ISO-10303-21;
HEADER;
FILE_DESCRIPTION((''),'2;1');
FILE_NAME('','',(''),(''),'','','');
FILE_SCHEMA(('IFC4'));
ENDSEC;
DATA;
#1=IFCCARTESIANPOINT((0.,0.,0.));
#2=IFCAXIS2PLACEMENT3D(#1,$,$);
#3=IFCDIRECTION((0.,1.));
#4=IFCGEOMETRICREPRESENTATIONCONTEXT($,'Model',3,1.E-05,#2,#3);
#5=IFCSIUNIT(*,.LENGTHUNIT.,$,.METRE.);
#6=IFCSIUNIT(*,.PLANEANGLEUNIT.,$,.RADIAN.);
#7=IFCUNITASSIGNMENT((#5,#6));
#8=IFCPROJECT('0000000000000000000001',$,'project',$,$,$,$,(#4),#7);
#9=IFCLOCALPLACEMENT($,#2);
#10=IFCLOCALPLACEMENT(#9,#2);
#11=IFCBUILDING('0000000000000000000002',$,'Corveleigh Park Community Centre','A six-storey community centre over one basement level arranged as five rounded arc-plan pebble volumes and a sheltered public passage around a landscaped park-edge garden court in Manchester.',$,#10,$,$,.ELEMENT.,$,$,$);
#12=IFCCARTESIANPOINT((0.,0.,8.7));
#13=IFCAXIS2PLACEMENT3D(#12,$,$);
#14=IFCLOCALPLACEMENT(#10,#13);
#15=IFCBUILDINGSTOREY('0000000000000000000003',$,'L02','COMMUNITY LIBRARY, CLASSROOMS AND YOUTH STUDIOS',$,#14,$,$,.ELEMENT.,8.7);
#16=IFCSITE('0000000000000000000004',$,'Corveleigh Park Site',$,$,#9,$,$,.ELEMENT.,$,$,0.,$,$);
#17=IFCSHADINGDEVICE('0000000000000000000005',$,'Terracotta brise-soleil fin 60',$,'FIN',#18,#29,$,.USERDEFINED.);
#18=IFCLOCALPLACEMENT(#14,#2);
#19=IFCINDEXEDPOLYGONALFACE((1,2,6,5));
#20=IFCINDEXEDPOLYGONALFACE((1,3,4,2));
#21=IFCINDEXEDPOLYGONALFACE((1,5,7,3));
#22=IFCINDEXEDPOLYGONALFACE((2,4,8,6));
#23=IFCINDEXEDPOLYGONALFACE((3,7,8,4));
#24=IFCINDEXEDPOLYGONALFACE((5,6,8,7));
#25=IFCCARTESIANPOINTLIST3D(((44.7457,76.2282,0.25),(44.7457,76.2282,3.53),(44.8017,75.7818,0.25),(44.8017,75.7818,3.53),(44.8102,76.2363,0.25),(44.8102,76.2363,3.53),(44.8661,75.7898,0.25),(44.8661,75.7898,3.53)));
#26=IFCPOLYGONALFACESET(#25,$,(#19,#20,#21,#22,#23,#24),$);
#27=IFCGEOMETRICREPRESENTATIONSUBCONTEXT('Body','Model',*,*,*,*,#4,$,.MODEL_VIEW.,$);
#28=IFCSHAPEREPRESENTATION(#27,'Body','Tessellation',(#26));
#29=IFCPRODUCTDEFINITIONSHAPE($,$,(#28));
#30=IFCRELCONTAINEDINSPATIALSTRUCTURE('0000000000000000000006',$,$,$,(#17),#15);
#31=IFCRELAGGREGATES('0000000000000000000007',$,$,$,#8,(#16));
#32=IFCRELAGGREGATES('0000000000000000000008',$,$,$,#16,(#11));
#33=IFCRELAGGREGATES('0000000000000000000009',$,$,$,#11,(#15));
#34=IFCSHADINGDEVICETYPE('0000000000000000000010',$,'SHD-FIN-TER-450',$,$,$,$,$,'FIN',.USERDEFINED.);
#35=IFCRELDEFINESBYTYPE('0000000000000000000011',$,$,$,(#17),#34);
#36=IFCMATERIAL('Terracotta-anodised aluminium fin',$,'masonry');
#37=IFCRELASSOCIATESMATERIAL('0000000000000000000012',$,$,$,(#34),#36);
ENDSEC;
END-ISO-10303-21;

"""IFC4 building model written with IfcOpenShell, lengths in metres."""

from ifc_helpers import new_model, si_unit, direction, frame, origin, origin_2d, place, context, subcontext, project, spatial, rectangle, extrude, material, type_object, element, save


model = new_model("IFC4")

# Units and contexts
model_context = context("Model", 3, precision=1e-05, world=origin(), true_north=direction((0.0, 1.0)))
body_context = subcontext(model_context, "Body", "Model", "MODEL_VIEW")
ifc_project = project(units=[si_unit("LENGTHUNIT", "METRE"), si_unit("PLANEANGLEUNIT", "RADIAN")], contexts=[model_context])

# Site, building, storey
site_placement = place(None, origin())
site = spatial("IfcSite", under=ifc_project, at=site_placement, Name="Corveleigh Park Site", CompositionType="ELEMENT", RefElevation=0.0)
building_placement = place(site_placement, origin())
building = spatial("IfcBuilding", under=site, at=building_placement, Name="Corveleigh Park Community Centre", Description="A six-storey community centre over one basement level arranged as five rounded arc-plan pebble volumes and a sheltered public passage around a landscaped park-edge garden court in Manchester.", CompositionType="ELEMENT")
storey_placement = place(building_placement, frame((0.0, 0.0, 8.7)))
storey = spatial("IfcBuildingStorey", under=building, at=storey_placement, Name="L02", Description="COMMUNITY LIBRARY, CLASSROOMS AND YOUTH STUDIOS", CompositionType="ELEMENT", Elevation=8.7)

# Shading device
ifc_material_1 = material(Name="Terracotta-anodised aluminium fin", Category="masonry")
shading_device_type = type_object("IfcShadingDeviceType", Name="SHD-FIN-TER-450", ElementType="FIN", PredefinedType="USERDEFINED", material=ifc_material_1)
shading_device_placement = place(storey_placement, frame((44.8059, 76.009, 0.25), z_axis=(0.0, 0.0, 1.0), x_axis=(0.12429, -0.992246, 0.0)))
element("IfcShadingDevice", 1, at=shading_device_placement, inside=storey, type_object=shading_device_type, Name="Terracotta brise-soleil fin 60", ObjectType="FIN", PredefinedType="USERDEFINED", context=body_context, shape_type="SweptSolid", body=[
    extrude(rectangle(XDim=0.45, YDim=0.0649, at=origin_2d()), origin(), (0.0, 0.0, 1.0), 3.28),
])

save(model, "model.ifc")
